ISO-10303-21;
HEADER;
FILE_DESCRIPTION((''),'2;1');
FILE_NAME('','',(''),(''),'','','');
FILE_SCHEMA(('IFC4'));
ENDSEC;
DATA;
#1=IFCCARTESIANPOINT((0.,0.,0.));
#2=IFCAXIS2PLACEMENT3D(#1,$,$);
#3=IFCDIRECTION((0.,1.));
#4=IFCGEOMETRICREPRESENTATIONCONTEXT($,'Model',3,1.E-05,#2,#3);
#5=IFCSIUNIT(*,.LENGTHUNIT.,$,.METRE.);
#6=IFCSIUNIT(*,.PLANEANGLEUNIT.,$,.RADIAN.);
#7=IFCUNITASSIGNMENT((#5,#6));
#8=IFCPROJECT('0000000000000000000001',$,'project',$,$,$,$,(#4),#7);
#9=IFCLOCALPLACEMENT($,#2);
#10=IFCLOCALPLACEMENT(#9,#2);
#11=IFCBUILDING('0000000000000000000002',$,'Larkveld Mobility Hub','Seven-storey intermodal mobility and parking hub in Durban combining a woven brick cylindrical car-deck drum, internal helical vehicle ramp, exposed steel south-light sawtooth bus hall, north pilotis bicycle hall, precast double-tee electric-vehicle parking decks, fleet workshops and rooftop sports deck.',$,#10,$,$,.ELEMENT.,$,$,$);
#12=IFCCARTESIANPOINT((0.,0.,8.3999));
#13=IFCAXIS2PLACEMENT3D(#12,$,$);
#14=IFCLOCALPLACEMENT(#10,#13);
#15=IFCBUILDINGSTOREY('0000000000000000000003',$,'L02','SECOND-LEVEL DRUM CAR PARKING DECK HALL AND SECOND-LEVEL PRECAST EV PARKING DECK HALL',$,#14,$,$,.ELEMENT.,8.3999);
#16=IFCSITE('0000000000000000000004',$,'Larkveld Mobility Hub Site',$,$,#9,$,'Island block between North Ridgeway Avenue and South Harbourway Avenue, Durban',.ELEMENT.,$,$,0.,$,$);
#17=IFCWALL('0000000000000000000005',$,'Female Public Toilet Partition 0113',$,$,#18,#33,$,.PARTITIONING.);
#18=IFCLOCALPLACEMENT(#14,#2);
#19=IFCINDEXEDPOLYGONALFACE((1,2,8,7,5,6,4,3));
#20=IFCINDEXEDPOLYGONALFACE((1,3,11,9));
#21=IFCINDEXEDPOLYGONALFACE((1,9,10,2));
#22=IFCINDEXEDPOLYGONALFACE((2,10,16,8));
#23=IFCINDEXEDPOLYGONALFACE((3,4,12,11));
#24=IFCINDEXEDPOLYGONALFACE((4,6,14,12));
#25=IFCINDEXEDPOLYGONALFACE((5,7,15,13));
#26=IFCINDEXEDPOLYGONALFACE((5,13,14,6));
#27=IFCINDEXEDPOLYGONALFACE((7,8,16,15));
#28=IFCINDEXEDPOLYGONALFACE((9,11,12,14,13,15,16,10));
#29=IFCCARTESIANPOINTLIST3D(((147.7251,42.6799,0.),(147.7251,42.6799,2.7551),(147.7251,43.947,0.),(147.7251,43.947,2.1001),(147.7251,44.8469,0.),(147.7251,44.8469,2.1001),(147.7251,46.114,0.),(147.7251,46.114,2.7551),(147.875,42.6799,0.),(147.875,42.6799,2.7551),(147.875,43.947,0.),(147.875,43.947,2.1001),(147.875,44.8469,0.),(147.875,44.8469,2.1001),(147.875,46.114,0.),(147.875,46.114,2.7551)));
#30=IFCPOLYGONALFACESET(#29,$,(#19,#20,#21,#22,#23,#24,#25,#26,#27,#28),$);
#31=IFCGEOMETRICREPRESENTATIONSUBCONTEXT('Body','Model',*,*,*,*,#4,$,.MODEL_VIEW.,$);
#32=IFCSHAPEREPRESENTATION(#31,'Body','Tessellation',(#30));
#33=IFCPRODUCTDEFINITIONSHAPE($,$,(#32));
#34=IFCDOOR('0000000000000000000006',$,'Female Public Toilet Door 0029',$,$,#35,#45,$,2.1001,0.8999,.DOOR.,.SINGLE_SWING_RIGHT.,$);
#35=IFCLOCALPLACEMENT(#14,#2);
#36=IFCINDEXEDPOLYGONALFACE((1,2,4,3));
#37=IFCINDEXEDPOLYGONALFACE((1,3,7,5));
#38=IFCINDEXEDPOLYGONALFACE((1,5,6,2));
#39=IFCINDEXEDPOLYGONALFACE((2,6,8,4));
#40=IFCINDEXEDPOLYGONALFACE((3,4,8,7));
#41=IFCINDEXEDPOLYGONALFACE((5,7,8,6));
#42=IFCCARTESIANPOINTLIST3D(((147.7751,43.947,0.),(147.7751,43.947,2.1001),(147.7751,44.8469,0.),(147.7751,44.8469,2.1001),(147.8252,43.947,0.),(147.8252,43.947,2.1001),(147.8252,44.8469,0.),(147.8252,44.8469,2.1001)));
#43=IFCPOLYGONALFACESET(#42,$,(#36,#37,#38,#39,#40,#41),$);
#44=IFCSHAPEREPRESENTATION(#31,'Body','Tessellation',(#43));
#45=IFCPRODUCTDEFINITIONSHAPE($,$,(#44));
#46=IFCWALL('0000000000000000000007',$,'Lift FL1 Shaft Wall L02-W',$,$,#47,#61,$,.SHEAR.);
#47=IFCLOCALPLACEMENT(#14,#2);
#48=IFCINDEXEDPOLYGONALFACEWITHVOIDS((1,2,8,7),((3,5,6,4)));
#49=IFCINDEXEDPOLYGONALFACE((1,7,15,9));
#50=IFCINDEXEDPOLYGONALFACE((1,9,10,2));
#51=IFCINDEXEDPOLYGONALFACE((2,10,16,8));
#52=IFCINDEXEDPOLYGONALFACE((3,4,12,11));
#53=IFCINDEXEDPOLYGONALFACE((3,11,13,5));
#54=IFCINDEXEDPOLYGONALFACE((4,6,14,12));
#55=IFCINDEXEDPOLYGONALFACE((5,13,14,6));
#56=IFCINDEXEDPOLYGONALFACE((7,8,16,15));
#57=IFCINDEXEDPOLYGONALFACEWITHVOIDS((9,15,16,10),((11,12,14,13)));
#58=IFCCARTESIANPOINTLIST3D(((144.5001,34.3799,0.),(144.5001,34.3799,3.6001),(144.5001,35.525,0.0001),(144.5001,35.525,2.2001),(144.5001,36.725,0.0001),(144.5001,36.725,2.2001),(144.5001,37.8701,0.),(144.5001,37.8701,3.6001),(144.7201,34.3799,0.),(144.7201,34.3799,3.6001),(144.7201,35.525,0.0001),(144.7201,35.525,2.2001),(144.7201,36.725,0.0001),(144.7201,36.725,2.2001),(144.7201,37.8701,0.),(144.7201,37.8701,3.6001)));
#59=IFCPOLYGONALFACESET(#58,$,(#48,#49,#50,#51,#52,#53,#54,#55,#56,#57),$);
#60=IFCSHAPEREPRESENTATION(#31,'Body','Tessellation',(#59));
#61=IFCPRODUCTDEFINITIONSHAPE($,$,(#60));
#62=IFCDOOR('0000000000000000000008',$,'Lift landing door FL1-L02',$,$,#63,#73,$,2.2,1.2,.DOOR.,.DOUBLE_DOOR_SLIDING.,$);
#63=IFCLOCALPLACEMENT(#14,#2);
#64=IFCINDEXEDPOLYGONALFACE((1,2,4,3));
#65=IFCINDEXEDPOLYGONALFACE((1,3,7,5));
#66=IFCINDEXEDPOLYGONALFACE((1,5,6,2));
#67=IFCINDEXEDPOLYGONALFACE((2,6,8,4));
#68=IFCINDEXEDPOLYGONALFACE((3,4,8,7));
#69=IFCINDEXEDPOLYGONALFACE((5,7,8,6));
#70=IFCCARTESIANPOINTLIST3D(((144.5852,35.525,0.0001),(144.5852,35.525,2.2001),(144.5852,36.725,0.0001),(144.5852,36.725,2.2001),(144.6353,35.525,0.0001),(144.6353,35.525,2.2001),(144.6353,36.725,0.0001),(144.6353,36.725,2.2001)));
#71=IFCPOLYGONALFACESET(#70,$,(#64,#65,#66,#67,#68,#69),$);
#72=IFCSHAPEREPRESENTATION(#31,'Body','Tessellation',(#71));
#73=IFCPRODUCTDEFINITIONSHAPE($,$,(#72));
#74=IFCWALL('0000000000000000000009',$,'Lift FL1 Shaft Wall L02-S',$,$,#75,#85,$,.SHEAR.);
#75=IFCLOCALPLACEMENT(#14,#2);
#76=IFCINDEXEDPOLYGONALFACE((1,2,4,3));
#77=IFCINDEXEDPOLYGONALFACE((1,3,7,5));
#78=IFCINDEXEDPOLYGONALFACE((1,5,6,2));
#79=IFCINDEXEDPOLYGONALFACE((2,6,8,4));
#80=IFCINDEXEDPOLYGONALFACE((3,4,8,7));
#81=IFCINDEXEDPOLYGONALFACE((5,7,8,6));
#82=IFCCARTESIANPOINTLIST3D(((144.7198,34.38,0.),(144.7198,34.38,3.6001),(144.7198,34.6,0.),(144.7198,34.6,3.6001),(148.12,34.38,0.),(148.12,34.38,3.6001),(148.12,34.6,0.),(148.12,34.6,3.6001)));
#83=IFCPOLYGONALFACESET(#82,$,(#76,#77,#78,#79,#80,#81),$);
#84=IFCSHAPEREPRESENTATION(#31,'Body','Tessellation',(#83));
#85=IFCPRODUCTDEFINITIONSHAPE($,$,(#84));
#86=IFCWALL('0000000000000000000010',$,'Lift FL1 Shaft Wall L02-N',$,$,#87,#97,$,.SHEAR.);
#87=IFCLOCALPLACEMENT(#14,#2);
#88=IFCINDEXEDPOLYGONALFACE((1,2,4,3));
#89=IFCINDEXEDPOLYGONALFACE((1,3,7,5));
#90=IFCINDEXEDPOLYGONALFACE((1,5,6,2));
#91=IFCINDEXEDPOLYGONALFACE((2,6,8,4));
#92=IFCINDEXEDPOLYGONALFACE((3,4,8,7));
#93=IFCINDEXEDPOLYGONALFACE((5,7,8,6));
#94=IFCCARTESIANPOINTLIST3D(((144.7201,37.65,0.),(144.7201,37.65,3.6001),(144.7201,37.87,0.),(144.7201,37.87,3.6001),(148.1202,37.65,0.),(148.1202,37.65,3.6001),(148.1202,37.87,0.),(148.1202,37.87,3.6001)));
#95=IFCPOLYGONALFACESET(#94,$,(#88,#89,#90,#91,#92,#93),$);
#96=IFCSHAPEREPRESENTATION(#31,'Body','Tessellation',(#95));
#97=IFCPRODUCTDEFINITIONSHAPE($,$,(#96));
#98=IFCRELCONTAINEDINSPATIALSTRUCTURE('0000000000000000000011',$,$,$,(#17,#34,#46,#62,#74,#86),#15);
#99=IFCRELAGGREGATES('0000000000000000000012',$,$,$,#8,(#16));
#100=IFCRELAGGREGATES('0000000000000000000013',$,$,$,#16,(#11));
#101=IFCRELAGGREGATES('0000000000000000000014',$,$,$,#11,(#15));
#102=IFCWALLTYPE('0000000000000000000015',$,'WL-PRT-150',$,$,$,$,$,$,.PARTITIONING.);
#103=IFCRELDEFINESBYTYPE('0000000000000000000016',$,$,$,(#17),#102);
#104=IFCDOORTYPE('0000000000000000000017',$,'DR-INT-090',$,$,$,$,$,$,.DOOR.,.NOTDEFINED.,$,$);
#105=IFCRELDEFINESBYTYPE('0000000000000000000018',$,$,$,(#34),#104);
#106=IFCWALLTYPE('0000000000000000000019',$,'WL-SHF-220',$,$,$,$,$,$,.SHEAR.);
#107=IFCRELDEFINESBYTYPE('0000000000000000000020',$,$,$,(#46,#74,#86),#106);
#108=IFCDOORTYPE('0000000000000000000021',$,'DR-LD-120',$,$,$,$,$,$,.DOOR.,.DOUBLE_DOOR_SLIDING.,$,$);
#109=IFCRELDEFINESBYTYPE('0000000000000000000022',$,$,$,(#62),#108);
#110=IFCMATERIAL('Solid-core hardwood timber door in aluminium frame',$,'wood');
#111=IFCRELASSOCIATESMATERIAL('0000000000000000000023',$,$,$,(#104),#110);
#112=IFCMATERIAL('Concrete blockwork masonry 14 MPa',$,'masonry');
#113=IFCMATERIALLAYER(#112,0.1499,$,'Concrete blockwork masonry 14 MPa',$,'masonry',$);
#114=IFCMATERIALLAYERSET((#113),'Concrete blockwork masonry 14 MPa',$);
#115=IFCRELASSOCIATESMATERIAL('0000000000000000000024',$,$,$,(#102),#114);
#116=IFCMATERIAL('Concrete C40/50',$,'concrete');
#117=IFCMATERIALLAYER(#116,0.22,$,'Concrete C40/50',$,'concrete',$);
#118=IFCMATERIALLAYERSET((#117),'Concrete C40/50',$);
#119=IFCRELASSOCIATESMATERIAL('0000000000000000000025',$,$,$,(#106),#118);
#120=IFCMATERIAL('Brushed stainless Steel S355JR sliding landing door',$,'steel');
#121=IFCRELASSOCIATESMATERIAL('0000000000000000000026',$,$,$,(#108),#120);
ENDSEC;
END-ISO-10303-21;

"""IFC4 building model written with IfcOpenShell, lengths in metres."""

from ifc_helpers import new_model, si_unit, direction, frame, frame_2d, origin, place, context, subcontext, project, spatial, rectangle, extrude, material, layer, layer_set, type_object, element, fill, save


model = new_model("IFC4")

# Units and contexts
model_context = context("Model", 3, precision=1e-05, world=origin(), true_north=direction((0.0, 1.0)))
body_context = subcontext(model_context, "Body", "Model", "MODEL_VIEW")
ifc_project = project(units=[si_unit("LENGTHUNIT", "METRE"), si_unit("PLANEANGLEUNIT", "RADIAN")], contexts=[model_context])

# Site, building, storey
site_placement = place(None, origin())
site = spatial("IfcSite", under=ifc_project, at=site_placement, Name="Larkveld Mobility Hub Site", LongName="Island block between North Ridgeway Avenue and South Harbourway Avenue, Durban", CompositionType="ELEMENT", RefElevation=0.0)
building_placement = place(site_placement, origin())
building = spatial("IfcBuilding", under=site, at=building_placement, Name="Larkveld Mobility Hub", Description="Seven-storey intermodal mobility and parking hub in Durban combining a woven brick cylindrical car-deck drum, internal helical vehicle ramp, exposed steel south-light sawtooth bus hall, north pilotis bicycle hall, precast double-tee electric-vehicle parking decks, fleet workshops and rooftop sports deck.", CompositionType="ELEMENT")
storey_placement = place(building_placement, frame((0.0, 0.0, 8.3999)))
storey = spatial("IfcBuildingStorey", under=building, at=storey_placement, Name="L02", Description="SECOND-LEVEL DRUM CAR PARKING DECK HALL AND SECOND-LEVEL PRECAST EV PARKING DECK HALL", CompositionType="ELEMENT", Elevation=8.3999)

# Shared definitions
ifc_material_1 = material(Name="Concrete C40/50", Category="concrete")

# Shared definitions
ifc_material_2 = material(Name="Concrete blockwork masonry 14 MPa", Category="masonry")

# Shared definitions
ifc_material_3 = material(Name="Solid-core hardwood timber door in aluminium frame", Category="wood")

# Shared definitions
door_type_1 = type_object("IfcDoorType", Name="DR-INT-090", OperationType="NOTDEFINED", PredefinedType="DOOR", material=ifc_material_3)

# Shared definitions
ifc_layer_1 = layer(ifc_material_2, 0.1499, Name="Concrete blockwork masonry 14 MPa", Category="masonry")
ifc_layer_set_1 = layer_set([ifc_layer_1], Name="Concrete blockwork masonry 14 MPa")
wall_type_1 = type_object("IfcWallType", Name="WL-PRT-150", PredefinedType="PARTITIONING", material=ifc_layer_set_1)

# Walls, openings, doors
wall_1_placement = place(storey_placement, frame((147.8, 42.6799, 0.0), z_axis=(0.0, 0.0, 1.0), x_axis=(0.0, 1.0, 0.0)))
wall_1 = element("IfcWall", 1, at=wall_1_placement, inside=storey, type_object=wall_type_1, Name="Female Public Toilet Partition 0113", PredefinedType="PARTITIONING", context=body_context, shape_type="SweptSolid", body=[
    extrude(rectangle(XDim=3.4341, YDim=0.1499, at=frame_2d((1.717, 0.0))), origin(), (0.0, 0.0, 1.0), 2.7551),
])
opening_1_placement = place(wall_1_placement, frame((1.2671, 0.0, 0.0)))
opening_1 = element("IfcOpeningElement", 2, at=opening_1_placement, cuts=wall_1, PredefinedType="OPENING", context=body_context, shape_type="SweptSolid", body=[
    extrude(rectangle(XDim=0.8999, YDim=2.1001, at=frame_2d((0.45, 1.05))), frame((0.0, 0.085, 0.0), z_axis=(0.0, -1.0, 0.0), x_axis=(1.0, 0.0, 0.0)), (0.0, 0.0, 1.0), 0.1699),
])
door_1_placement = place(opening_1_placement, origin())
door_1 = element("IfcDoor", 3, at=door_1_placement, inside=storey, type_object=door_type_1, Name="Female Public Toilet Door 0029", OperationType="SINGLE_SWING_RIGHT", OverallHeight=2.1001, OverallWidth=0.8999, PredefinedType="DOOR", context=body_context, shape_type="SweptSolid", body=[
    extrude(rectangle(XDim=0.8999, YDim=2.1001, at=frame_2d((0.45, 1.05))), frame((0.0, 0.0249, 0.0), z_axis=(0.0, -1.0, 0.0), x_axis=(1.0, 0.0, 0.0)), (0.0, 0.0, 1.0), 0.05),
])
fill(opening_1, door_1)
ifc_layer_2 = layer(ifc_material_1, 0.22, Name="Concrete C40/50", Category="concrete")
ifc_layer_set_2 = layer_set([ifc_layer_2], Name="Concrete C40/50")
wall_type_2 = type_object("IfcWallType", Name="WL-SHF-220", PredefinedType="SHEAR", material=ifc_layer_set_2)
wall_2_placement = place(storey_placement, frame((144.6101, 34.3799, 0.0), z_axis=(0.0, 0.0, 1.0), x_axis=(0.0, 1.0, 0.0)))
wall_2 = element("IfcWall", 4, at=wall_2_placement, inside=storey, type_object=wall_type_2, Name="Lift FL1 Shaft Wall L02-W", PredefinedType="SHEAR", context=body_context, shape_type="SweptSolid", body=[
    extrude(rectangle(XDim=3.4902, YDim=0.22, at=frame_2d((1.7451, 0.0))), origin(), (0.0, 0.0, 1.0), 3.6001),
])
opening_2_placement = place(wall_2_placement, frame((1.145, 0.0, 0.0)))
opening_2 = element("IfcOpeningElement", 5, at=opening_2_placement, cuts=wall_2, PredefinedType="OPENING", context=body_context, shape_type="SweptSolid", body=[
    extrude(rectangle(XDim=1.2, YDim=2.2, at=frame_2d((0.6001, 1.1001))), frame((0.0, 0.1201, 0.0), z_axis=(0.0, -1.0, 0.0), x_axis=(1.0, 0.0, 0.0)), (0.0, 0.0, 1.0), 0.24),
])
ifc_material_4 = material(Name="Brushed stainless Steel S355JR sliding landing door", Category="steel")
door_type_2 = type_object("IfcDoorType", Name="DR-LD-120", OperationType="DOUBLE_DOOR_SLIDING", PredefinedType="DOOR", material=ifc_material_4)
door_2_placement = place(opening_2_placement, origin())
door_2 = element("IfcDoor", 6, at=door_2_placement, inside=storey, type_object=door_type_2, Name="Lift landing door FL1-L02", OperationType="DOUBLE_DOOR_SLIDING", OverallHeight=2.2, OverallWidth=1.2, PredefinedType="DOOR", context=body_context, shape_type="SweptSolid", body=[
    extrude(rectangle(XDim=1.2, YDim=2.2, at=frame_2d((0.6001, 1.1001))), frame((0.0, 0.0249, 0.0), z_axis=(0.0, -1.0, 0.0), x_axis=(1.0, 0.0, 0.0)), (0.0, 0.0, 1.0), 0.05),
])
fill(opening_2, door_2)

# Walls
for number, where, z_axis, x_axis, name in (
    (7, (148.1201, 34.49, 0.0), (0.0, 0.0, 1.0), (-1.0, 0.0, 0.0), "Lift FL1 Shaft Wall L02-S"),
    (8, (144.72, 37.76, 0.0), (0.0, 0.0, 1.0), (1.0, 0.0, 0.0), "Lift FL1 Shaft Wall L02-N"),
):
    element("IfcWall", number, at=place(storey_placement, frame(where, z_axis=z_axis, x_axis=x_axis)), inside=storey, type_object=wall_type_2, Name=name, PredefinedType="SHEAR", context=body_context, shape_type="SweptSolid", body=[
        extrude(rectangle(XDim=3.4001, YDim=0.22, at=frame_2d((1.7002, 0.0))), origin(), (0.0, 0.0, 1.0), 3.6001),
    ])

save(model, "model.ifc")
